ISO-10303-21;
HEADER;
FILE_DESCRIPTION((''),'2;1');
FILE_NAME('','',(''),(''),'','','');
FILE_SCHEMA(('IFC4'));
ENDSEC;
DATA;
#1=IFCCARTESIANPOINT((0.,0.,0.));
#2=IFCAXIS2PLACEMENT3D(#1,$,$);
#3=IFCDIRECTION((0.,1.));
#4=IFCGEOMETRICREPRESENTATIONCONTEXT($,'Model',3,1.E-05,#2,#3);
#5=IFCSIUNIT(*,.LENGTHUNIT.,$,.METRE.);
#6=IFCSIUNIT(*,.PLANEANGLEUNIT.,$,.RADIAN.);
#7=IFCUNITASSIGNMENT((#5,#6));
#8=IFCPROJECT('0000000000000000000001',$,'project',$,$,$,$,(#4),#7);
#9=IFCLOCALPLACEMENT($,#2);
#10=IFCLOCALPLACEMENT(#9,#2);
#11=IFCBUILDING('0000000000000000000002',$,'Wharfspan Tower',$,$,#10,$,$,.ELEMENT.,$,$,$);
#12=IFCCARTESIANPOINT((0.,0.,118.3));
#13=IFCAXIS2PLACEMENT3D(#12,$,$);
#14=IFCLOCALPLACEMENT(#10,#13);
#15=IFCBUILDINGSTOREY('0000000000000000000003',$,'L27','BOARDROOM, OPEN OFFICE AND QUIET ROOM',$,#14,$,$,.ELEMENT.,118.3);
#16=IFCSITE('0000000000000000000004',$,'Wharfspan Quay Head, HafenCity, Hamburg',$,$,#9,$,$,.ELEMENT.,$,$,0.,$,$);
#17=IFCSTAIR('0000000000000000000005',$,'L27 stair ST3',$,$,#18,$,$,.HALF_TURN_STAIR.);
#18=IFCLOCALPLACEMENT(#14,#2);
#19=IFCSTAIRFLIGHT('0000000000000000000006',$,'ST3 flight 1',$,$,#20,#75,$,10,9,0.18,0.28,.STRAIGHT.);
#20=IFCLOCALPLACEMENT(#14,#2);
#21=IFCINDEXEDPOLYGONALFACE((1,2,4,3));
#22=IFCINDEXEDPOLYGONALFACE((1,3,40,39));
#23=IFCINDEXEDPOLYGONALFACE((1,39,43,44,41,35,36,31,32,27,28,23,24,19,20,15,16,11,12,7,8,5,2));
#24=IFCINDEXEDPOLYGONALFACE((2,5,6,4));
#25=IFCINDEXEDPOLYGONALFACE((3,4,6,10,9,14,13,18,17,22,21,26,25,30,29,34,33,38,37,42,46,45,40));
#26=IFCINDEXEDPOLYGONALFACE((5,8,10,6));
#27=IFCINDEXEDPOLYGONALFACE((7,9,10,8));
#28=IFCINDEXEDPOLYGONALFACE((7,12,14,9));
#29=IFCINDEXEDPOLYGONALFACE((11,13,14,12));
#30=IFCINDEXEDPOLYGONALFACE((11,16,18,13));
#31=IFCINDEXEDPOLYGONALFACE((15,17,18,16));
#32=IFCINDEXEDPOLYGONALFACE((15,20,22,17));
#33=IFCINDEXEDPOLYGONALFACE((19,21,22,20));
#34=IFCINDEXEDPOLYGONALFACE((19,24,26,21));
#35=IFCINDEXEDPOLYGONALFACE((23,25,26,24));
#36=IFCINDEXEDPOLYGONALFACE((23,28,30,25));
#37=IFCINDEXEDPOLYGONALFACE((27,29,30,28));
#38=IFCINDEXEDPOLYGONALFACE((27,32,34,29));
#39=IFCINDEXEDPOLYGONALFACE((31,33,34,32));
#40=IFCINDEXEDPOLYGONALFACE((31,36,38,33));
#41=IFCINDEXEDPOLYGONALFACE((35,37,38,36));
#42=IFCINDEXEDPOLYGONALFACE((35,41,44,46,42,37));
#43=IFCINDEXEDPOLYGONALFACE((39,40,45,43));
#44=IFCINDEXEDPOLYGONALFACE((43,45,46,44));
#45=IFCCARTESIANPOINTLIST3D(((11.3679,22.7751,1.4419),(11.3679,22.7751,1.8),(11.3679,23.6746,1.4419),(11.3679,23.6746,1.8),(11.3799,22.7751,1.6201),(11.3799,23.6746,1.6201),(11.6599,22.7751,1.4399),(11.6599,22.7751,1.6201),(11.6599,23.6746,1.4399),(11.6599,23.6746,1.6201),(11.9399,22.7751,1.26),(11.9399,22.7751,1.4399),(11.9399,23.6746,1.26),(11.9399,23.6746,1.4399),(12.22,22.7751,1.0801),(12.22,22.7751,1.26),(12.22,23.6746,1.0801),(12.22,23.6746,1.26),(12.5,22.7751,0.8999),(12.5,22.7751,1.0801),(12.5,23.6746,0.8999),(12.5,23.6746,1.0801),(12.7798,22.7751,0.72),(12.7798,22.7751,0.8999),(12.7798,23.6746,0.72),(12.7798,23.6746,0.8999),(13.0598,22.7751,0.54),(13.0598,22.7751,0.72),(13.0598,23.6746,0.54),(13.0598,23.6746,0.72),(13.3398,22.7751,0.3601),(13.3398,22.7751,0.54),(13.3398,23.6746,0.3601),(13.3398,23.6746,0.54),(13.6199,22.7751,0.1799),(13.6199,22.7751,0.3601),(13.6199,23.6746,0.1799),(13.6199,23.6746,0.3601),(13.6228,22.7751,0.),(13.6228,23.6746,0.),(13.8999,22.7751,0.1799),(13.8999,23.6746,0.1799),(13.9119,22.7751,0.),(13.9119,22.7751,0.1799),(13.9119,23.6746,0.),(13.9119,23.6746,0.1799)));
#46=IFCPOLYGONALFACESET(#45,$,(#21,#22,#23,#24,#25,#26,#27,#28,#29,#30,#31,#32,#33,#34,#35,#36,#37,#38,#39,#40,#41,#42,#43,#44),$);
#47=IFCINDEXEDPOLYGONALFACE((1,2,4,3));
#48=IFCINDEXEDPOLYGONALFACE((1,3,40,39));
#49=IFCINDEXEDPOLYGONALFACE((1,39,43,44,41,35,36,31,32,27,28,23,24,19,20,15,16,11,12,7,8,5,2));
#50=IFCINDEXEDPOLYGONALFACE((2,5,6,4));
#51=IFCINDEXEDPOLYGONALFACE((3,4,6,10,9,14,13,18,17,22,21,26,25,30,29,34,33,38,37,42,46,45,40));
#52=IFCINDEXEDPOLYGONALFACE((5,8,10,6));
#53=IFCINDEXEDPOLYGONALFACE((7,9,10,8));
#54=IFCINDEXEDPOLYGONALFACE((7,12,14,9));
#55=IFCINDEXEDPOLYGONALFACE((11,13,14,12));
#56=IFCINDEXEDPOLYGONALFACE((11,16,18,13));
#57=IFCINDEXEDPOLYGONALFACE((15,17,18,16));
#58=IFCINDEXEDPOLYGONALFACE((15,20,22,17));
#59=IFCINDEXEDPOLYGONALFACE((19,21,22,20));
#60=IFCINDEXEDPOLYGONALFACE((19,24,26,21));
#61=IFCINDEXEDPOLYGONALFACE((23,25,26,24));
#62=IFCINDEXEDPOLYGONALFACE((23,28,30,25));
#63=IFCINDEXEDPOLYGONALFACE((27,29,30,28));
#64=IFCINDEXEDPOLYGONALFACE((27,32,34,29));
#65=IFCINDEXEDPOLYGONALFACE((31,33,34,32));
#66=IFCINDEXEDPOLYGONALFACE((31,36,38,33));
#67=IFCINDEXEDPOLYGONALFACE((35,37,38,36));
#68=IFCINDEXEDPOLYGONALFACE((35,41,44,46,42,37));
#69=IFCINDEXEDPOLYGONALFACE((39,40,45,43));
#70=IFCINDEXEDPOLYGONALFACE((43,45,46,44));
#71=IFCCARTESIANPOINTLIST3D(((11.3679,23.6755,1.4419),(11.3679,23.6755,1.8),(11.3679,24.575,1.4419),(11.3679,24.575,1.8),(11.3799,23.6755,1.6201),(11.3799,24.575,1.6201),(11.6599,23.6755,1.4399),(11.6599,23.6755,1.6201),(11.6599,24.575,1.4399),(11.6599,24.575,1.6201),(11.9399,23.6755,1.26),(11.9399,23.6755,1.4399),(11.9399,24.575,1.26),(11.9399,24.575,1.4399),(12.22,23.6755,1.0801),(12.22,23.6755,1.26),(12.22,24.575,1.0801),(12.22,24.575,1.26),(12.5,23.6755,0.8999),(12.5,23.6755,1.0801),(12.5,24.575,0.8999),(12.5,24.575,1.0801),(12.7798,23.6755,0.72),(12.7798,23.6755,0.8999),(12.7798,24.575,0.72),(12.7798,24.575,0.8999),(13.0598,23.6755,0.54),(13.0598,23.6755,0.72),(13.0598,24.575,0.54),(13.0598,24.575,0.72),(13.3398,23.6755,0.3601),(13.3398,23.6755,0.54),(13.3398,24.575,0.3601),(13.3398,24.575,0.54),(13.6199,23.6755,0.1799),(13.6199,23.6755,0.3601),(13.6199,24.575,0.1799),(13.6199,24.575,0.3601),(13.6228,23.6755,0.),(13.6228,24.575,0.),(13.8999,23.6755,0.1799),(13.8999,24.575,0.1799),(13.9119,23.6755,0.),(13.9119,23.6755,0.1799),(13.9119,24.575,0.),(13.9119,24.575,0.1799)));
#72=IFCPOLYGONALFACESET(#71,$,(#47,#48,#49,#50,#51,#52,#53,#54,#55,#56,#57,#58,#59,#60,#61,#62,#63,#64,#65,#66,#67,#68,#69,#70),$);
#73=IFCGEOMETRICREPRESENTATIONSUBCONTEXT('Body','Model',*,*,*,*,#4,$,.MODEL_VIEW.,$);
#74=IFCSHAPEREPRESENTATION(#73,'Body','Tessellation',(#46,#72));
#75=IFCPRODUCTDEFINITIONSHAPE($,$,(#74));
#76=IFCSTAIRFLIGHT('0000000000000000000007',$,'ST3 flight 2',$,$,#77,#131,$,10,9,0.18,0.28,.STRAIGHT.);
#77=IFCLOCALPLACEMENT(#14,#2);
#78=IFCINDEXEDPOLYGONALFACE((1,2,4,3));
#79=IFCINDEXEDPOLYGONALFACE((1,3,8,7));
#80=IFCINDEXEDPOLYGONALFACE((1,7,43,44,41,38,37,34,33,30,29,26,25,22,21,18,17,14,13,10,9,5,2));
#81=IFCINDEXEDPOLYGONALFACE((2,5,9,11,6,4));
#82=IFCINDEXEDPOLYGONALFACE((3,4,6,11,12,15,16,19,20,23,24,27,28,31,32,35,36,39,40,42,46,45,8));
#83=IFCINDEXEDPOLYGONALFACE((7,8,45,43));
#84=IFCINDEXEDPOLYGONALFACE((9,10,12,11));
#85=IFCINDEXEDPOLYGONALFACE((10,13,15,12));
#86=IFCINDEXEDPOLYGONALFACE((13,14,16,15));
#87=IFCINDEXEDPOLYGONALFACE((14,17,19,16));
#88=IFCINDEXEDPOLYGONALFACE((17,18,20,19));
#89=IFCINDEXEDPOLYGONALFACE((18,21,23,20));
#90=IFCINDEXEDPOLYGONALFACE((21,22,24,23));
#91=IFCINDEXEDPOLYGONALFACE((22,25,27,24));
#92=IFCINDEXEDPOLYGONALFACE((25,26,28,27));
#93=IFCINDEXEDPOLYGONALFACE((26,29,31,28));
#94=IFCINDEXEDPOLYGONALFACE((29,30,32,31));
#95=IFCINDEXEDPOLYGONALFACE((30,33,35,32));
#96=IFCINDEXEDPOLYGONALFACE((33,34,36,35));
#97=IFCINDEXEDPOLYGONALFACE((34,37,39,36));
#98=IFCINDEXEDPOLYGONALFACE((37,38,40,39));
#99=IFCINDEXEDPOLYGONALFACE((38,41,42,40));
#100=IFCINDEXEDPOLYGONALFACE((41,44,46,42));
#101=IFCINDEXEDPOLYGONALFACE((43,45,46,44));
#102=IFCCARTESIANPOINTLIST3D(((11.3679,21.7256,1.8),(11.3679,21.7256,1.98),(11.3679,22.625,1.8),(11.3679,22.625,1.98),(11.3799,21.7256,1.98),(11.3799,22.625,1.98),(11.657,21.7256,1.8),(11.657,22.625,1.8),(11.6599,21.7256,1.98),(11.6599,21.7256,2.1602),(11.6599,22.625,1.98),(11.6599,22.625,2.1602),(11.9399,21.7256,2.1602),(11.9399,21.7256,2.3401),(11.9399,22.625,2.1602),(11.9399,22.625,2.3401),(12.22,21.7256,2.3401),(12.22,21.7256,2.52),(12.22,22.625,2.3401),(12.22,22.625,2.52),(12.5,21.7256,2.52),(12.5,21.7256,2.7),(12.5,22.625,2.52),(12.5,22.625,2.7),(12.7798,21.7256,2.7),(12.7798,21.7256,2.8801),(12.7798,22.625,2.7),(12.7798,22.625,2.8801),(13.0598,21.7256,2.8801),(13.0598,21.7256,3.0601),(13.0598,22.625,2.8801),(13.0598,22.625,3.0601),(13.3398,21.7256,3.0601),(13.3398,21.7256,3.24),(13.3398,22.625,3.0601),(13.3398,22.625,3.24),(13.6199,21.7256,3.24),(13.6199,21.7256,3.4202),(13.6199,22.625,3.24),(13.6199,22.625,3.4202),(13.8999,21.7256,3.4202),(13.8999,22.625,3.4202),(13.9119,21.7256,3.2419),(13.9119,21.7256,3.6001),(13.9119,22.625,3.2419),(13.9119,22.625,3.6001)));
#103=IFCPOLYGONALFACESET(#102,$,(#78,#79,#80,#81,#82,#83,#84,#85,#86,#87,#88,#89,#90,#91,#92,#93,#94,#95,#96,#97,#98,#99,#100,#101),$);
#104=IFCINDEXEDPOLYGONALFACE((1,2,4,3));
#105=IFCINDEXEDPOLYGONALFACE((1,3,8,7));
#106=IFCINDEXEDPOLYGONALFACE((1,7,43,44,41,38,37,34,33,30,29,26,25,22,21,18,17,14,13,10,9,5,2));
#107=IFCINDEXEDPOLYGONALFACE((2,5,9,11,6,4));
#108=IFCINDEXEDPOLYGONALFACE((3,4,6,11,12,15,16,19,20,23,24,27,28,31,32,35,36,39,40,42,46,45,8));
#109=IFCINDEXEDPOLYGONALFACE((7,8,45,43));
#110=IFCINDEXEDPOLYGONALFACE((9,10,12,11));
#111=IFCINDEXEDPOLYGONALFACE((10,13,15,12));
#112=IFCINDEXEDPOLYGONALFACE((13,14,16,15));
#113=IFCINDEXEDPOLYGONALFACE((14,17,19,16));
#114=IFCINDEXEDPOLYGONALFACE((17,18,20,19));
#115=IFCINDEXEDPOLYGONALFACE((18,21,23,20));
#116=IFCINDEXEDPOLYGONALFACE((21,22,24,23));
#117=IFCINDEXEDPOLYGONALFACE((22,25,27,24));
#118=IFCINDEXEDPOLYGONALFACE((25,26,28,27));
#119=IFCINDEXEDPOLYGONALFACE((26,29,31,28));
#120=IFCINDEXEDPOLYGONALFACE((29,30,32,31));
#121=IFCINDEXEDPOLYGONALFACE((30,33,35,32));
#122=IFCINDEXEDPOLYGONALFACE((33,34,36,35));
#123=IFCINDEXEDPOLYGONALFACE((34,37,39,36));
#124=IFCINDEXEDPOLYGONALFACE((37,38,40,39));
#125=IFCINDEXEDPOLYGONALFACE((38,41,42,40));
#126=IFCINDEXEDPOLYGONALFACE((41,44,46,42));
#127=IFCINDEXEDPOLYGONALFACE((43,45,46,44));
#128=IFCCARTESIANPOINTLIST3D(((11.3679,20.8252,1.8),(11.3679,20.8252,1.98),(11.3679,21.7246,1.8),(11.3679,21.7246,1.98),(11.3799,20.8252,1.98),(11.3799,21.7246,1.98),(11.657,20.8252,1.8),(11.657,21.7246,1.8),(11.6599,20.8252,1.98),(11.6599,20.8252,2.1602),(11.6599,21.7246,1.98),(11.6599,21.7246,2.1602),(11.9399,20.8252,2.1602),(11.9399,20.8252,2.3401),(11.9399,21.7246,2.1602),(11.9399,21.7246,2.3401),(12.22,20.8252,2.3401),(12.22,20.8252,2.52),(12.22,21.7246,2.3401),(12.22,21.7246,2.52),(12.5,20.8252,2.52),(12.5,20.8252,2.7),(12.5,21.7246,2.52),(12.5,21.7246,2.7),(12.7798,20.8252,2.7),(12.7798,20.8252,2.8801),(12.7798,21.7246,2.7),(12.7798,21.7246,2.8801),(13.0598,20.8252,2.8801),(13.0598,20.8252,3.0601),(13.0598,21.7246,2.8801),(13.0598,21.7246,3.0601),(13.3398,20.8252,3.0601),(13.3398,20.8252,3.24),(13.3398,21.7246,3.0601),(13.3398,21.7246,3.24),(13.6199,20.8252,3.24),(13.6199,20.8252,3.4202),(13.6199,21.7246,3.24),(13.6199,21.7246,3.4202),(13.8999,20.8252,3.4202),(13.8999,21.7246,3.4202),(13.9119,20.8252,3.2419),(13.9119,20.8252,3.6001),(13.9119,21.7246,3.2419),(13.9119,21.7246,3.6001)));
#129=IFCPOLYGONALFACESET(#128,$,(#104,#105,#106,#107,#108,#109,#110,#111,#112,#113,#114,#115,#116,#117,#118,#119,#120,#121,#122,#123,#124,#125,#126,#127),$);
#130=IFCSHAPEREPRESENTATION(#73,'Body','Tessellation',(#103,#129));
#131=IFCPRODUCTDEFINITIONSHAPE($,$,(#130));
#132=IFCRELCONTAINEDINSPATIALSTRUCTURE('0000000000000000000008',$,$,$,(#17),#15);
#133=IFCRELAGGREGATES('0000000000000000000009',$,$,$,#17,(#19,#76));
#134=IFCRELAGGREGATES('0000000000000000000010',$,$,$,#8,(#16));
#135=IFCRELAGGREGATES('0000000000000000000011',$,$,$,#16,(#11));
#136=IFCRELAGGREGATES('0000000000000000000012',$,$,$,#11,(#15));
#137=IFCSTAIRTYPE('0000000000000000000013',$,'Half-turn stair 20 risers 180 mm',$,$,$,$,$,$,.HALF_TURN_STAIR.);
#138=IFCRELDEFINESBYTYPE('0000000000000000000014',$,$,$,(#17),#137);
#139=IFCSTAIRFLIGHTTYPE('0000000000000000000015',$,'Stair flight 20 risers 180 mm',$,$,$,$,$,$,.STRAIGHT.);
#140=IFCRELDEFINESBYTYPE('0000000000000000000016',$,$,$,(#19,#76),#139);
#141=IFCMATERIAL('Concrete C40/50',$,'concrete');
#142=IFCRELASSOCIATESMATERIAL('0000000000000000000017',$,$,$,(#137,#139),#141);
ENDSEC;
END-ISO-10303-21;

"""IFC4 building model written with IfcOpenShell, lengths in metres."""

from ifc_helpers import new_model, si_unit, direction, frame, origin, place, context, subcontext, project, spatial, polyline, outline, extrude, material, type_object, element, aggregate, save


model = new_model("IFC4")

# Units and contexts
model_context = context("Model", 3, precision=1e-05, world=origin(), true_north=direction((0.0, 1.0)))
body_context = subcontext(model_context, "Body", "Model", "MODEL_VIEW")
ifc_project = project(units=[si_unit("LENGTHUNIT", "METRE"), si_unit("PLANEANGLEUNIT", "RADIAN")], contexts=[model_context])

# Site, building, storey
site_placement = place(None, origin())
site = spatial("IfcSite", under=ifc_project, at=site_placement, Name="Wharfspan Quay Head, HafenCity, Hamburg", CompositionType="ELEMENT", RefElevation=0.0)
building_placement = place(site_placement, origin())
building = spatial("IfcBuilding", under=site, at=building_placement, Name="Wharfspan Tower", CompositionType="ELEMENT")
storey_placement = place(building_placement, frame((0.0, 0.0, 118.3)))
storey = spatial("IfcBuildingStorey", under=building, at=storey_placement, Name="L27", Description="BOARDROOM, OPEN OFFICE AND QUIET ROOM", CompositionType="ELEMENT", Elevation=118.3)

# Shared definitions
ifc_material_1 = material(Name="Concrete C40/50", Category="concrete")

# Stair, stair flights
stair_type = type_object("IfcStairType", Name="Half-turn stair 20 risers 180 mm", PredefinedType="HALF_TURN_STAIR", material=ifc_material_1)
stair_placement = place(storey_placement, origin())
stair = element("IfcStair", 1, at=stair_placement, inside=storey, type_object=stair_type, Name="L27 stair ST3", PredefinedType="HALF_TURN_STAIR")
stair_flight_type = type_object("IfcStairFlightType", Name="Stair flight 20 risers 180 mm", PredefinedType="STRAIGHT", material=ifc_material_1)
stair_flight_1_placement = place(storey_placement, frame((13.8999, 23.675, 0.0), z_axis=(0.0, 0.0, 1.0), x_axis=(-1.0, 0.0, 0.0)))
stair_flight_1 = element("IfcStairFlight", 2, at=stair_flight_1_placement, type_object=stair_flight_type, Name="ST3 flight 1", NumberOfRisers=10, NumberOfTreads=9, PredefinedType="STRAIGHT", RiserHeight=0.18, TreadLength=0.28, context=body_context, shape_type="SweptSolid", body=[
    extrude(outline(polyline([(-0.012, 0.0), (-0.012, 0.1799), (0.0, 0.1799), (0.28, 0.1799), (0.28, 0.3601), (0.5601, 0.3601), (0.5601, 0.54), (0.8401, 0.54), (0.8401, 0.72), (1.1201, 0.72), (1.1201, 0.8999), (1.3999, 0.8999), (1.3999, 1.0801), (1.6799, 1.0801), (1.6799, 1.26), (1.96, 1.26), (1.96, 1.4399), (2.24, 1.4399), (2.24, 1.6201), (2.52, 1.6201), (2.532, 1.8), (2.532, 1.4419), (0.2771, 0.0), (-0.012, 0.0)])), frame((0.0, 0.8999, 0.0), z_axis=(0.0, -1.0, 0.0), x_axis=(1.0, 0.0, 0.0)), (0.0, 0.0, 1.0), 0.8994),
    extrude(outline(polyline([(-0.012, 0.0), (-0.012, 0.1799), (0.0, 0.1799), (0.28, 0.1799), (0.28, 0.3601), (0.5601, 0.3601), (0.5601, 0.54), (0.8401, 0.54), (0.8401, 0.72), (1.1201, 0.72), (1.1201, 0.8999), (1.3999, 0.8999), (1.3999, 1.0801), (1.6799, 1.0801), (1.6799, 1.26), (1.96, 1.26), (1.96, 1.4399), (2.24, 1.4399), (2.24, 1.6201), (2.52, 1.6201), (2.532, 1.8), (2.532, 1.4419), (0.2771, 0.0), (-0.012, 0.0)])), frame((0.0, -0.0005, 0.0), z_axis=(0.0, -1.0, 0.0), x_axis=(1.0, 0.0, 0.0)), (0.0, 0.0, 1.0), 0.8994),
])
stair_flight_2_placement = place(storey_placement, frame((11.3799, 21.7251, 1.8), z_axis=(0.0, 0.0, 1.0), x_axis=(1.0, 0.0, 0.0)))
stair_flight_2 = element("IfcStairFlight", 3, at=stair_flight_2_placement, type_object=stair_flight_type, Name="ST3 flight 2", NumberOfRisers=10, NumberOfTreads=9, PredefinedType="STRAIGHT", RiserHeight=0.18, TreadLength=0.28, context=body_context, shape_type="SweptSolid", body=[
    extrude(outline(polyline([(-0.012, 0.0), (-0.012, 0.1799), (0.0, 0.1799), (0.28, 0.1799), (0.28, 0.3601), (0.5601, 0.3601), (0.5601, 0.54), (0.8401, 0.54), (0.8401, 0.72), (1.1201, 0.72), (1.1201, 0.8999), (1.3999, 0.8999), (1.3999, 1.0801), (1.6799, 1.0801), (1.6799, 1.26), (1.96, 1.26), (1.96, 1.4399), (2.24, 1.4399), (2.24, 1.6201), (2.52, 1.6201), (2.532, 1.8), (2.532, 1.4419), (0.2771, 0.0), (-0.012, 0.0)])), frame((0.0, 0.8999, 0.0), z_axis=(0.0, -1.0, 0.0), x_axis=(1.0, 0.0, 0.0)), (0.0, 0.0, 1.0), 0.8994),
    extrude(outline(polyline([(-0.012, 0.0), (-0.012, 0.1799), (0.0, 0.1799), (0.28, 0.1799), (0.28, 0.3601), (0.5601, 0.3601), (0.5601, 0.54), (0.8401, 0.54), (0.8401, 0.72), (1.1201, 0.72), (1.1201, 0.8999), (1.3999, 0.8999), (1.3999, 1.0801), (1.6799, 1.0801), (1.6799, 1.26), (1.96, 1.26), (1.96, 1.4399), (2.24, 1.4399), (2.24, 1.6201), (2.52, 1.6201), (2.532, 1.8), (2.532, 1.4419), (0.2771, 0.0), (-0.012, 0.0)])), frame((0.0, -0.0005, 0.0), z_axis=(0.0, -1.0, 0.0), x_axis=(1.0, 0.0, 0.0)), (0.0, 0.0, 1.0), 0.8994),
])
aggregate(stair, [stair_flight_1, stair_flight_2])

save(model, "model.ifc")
